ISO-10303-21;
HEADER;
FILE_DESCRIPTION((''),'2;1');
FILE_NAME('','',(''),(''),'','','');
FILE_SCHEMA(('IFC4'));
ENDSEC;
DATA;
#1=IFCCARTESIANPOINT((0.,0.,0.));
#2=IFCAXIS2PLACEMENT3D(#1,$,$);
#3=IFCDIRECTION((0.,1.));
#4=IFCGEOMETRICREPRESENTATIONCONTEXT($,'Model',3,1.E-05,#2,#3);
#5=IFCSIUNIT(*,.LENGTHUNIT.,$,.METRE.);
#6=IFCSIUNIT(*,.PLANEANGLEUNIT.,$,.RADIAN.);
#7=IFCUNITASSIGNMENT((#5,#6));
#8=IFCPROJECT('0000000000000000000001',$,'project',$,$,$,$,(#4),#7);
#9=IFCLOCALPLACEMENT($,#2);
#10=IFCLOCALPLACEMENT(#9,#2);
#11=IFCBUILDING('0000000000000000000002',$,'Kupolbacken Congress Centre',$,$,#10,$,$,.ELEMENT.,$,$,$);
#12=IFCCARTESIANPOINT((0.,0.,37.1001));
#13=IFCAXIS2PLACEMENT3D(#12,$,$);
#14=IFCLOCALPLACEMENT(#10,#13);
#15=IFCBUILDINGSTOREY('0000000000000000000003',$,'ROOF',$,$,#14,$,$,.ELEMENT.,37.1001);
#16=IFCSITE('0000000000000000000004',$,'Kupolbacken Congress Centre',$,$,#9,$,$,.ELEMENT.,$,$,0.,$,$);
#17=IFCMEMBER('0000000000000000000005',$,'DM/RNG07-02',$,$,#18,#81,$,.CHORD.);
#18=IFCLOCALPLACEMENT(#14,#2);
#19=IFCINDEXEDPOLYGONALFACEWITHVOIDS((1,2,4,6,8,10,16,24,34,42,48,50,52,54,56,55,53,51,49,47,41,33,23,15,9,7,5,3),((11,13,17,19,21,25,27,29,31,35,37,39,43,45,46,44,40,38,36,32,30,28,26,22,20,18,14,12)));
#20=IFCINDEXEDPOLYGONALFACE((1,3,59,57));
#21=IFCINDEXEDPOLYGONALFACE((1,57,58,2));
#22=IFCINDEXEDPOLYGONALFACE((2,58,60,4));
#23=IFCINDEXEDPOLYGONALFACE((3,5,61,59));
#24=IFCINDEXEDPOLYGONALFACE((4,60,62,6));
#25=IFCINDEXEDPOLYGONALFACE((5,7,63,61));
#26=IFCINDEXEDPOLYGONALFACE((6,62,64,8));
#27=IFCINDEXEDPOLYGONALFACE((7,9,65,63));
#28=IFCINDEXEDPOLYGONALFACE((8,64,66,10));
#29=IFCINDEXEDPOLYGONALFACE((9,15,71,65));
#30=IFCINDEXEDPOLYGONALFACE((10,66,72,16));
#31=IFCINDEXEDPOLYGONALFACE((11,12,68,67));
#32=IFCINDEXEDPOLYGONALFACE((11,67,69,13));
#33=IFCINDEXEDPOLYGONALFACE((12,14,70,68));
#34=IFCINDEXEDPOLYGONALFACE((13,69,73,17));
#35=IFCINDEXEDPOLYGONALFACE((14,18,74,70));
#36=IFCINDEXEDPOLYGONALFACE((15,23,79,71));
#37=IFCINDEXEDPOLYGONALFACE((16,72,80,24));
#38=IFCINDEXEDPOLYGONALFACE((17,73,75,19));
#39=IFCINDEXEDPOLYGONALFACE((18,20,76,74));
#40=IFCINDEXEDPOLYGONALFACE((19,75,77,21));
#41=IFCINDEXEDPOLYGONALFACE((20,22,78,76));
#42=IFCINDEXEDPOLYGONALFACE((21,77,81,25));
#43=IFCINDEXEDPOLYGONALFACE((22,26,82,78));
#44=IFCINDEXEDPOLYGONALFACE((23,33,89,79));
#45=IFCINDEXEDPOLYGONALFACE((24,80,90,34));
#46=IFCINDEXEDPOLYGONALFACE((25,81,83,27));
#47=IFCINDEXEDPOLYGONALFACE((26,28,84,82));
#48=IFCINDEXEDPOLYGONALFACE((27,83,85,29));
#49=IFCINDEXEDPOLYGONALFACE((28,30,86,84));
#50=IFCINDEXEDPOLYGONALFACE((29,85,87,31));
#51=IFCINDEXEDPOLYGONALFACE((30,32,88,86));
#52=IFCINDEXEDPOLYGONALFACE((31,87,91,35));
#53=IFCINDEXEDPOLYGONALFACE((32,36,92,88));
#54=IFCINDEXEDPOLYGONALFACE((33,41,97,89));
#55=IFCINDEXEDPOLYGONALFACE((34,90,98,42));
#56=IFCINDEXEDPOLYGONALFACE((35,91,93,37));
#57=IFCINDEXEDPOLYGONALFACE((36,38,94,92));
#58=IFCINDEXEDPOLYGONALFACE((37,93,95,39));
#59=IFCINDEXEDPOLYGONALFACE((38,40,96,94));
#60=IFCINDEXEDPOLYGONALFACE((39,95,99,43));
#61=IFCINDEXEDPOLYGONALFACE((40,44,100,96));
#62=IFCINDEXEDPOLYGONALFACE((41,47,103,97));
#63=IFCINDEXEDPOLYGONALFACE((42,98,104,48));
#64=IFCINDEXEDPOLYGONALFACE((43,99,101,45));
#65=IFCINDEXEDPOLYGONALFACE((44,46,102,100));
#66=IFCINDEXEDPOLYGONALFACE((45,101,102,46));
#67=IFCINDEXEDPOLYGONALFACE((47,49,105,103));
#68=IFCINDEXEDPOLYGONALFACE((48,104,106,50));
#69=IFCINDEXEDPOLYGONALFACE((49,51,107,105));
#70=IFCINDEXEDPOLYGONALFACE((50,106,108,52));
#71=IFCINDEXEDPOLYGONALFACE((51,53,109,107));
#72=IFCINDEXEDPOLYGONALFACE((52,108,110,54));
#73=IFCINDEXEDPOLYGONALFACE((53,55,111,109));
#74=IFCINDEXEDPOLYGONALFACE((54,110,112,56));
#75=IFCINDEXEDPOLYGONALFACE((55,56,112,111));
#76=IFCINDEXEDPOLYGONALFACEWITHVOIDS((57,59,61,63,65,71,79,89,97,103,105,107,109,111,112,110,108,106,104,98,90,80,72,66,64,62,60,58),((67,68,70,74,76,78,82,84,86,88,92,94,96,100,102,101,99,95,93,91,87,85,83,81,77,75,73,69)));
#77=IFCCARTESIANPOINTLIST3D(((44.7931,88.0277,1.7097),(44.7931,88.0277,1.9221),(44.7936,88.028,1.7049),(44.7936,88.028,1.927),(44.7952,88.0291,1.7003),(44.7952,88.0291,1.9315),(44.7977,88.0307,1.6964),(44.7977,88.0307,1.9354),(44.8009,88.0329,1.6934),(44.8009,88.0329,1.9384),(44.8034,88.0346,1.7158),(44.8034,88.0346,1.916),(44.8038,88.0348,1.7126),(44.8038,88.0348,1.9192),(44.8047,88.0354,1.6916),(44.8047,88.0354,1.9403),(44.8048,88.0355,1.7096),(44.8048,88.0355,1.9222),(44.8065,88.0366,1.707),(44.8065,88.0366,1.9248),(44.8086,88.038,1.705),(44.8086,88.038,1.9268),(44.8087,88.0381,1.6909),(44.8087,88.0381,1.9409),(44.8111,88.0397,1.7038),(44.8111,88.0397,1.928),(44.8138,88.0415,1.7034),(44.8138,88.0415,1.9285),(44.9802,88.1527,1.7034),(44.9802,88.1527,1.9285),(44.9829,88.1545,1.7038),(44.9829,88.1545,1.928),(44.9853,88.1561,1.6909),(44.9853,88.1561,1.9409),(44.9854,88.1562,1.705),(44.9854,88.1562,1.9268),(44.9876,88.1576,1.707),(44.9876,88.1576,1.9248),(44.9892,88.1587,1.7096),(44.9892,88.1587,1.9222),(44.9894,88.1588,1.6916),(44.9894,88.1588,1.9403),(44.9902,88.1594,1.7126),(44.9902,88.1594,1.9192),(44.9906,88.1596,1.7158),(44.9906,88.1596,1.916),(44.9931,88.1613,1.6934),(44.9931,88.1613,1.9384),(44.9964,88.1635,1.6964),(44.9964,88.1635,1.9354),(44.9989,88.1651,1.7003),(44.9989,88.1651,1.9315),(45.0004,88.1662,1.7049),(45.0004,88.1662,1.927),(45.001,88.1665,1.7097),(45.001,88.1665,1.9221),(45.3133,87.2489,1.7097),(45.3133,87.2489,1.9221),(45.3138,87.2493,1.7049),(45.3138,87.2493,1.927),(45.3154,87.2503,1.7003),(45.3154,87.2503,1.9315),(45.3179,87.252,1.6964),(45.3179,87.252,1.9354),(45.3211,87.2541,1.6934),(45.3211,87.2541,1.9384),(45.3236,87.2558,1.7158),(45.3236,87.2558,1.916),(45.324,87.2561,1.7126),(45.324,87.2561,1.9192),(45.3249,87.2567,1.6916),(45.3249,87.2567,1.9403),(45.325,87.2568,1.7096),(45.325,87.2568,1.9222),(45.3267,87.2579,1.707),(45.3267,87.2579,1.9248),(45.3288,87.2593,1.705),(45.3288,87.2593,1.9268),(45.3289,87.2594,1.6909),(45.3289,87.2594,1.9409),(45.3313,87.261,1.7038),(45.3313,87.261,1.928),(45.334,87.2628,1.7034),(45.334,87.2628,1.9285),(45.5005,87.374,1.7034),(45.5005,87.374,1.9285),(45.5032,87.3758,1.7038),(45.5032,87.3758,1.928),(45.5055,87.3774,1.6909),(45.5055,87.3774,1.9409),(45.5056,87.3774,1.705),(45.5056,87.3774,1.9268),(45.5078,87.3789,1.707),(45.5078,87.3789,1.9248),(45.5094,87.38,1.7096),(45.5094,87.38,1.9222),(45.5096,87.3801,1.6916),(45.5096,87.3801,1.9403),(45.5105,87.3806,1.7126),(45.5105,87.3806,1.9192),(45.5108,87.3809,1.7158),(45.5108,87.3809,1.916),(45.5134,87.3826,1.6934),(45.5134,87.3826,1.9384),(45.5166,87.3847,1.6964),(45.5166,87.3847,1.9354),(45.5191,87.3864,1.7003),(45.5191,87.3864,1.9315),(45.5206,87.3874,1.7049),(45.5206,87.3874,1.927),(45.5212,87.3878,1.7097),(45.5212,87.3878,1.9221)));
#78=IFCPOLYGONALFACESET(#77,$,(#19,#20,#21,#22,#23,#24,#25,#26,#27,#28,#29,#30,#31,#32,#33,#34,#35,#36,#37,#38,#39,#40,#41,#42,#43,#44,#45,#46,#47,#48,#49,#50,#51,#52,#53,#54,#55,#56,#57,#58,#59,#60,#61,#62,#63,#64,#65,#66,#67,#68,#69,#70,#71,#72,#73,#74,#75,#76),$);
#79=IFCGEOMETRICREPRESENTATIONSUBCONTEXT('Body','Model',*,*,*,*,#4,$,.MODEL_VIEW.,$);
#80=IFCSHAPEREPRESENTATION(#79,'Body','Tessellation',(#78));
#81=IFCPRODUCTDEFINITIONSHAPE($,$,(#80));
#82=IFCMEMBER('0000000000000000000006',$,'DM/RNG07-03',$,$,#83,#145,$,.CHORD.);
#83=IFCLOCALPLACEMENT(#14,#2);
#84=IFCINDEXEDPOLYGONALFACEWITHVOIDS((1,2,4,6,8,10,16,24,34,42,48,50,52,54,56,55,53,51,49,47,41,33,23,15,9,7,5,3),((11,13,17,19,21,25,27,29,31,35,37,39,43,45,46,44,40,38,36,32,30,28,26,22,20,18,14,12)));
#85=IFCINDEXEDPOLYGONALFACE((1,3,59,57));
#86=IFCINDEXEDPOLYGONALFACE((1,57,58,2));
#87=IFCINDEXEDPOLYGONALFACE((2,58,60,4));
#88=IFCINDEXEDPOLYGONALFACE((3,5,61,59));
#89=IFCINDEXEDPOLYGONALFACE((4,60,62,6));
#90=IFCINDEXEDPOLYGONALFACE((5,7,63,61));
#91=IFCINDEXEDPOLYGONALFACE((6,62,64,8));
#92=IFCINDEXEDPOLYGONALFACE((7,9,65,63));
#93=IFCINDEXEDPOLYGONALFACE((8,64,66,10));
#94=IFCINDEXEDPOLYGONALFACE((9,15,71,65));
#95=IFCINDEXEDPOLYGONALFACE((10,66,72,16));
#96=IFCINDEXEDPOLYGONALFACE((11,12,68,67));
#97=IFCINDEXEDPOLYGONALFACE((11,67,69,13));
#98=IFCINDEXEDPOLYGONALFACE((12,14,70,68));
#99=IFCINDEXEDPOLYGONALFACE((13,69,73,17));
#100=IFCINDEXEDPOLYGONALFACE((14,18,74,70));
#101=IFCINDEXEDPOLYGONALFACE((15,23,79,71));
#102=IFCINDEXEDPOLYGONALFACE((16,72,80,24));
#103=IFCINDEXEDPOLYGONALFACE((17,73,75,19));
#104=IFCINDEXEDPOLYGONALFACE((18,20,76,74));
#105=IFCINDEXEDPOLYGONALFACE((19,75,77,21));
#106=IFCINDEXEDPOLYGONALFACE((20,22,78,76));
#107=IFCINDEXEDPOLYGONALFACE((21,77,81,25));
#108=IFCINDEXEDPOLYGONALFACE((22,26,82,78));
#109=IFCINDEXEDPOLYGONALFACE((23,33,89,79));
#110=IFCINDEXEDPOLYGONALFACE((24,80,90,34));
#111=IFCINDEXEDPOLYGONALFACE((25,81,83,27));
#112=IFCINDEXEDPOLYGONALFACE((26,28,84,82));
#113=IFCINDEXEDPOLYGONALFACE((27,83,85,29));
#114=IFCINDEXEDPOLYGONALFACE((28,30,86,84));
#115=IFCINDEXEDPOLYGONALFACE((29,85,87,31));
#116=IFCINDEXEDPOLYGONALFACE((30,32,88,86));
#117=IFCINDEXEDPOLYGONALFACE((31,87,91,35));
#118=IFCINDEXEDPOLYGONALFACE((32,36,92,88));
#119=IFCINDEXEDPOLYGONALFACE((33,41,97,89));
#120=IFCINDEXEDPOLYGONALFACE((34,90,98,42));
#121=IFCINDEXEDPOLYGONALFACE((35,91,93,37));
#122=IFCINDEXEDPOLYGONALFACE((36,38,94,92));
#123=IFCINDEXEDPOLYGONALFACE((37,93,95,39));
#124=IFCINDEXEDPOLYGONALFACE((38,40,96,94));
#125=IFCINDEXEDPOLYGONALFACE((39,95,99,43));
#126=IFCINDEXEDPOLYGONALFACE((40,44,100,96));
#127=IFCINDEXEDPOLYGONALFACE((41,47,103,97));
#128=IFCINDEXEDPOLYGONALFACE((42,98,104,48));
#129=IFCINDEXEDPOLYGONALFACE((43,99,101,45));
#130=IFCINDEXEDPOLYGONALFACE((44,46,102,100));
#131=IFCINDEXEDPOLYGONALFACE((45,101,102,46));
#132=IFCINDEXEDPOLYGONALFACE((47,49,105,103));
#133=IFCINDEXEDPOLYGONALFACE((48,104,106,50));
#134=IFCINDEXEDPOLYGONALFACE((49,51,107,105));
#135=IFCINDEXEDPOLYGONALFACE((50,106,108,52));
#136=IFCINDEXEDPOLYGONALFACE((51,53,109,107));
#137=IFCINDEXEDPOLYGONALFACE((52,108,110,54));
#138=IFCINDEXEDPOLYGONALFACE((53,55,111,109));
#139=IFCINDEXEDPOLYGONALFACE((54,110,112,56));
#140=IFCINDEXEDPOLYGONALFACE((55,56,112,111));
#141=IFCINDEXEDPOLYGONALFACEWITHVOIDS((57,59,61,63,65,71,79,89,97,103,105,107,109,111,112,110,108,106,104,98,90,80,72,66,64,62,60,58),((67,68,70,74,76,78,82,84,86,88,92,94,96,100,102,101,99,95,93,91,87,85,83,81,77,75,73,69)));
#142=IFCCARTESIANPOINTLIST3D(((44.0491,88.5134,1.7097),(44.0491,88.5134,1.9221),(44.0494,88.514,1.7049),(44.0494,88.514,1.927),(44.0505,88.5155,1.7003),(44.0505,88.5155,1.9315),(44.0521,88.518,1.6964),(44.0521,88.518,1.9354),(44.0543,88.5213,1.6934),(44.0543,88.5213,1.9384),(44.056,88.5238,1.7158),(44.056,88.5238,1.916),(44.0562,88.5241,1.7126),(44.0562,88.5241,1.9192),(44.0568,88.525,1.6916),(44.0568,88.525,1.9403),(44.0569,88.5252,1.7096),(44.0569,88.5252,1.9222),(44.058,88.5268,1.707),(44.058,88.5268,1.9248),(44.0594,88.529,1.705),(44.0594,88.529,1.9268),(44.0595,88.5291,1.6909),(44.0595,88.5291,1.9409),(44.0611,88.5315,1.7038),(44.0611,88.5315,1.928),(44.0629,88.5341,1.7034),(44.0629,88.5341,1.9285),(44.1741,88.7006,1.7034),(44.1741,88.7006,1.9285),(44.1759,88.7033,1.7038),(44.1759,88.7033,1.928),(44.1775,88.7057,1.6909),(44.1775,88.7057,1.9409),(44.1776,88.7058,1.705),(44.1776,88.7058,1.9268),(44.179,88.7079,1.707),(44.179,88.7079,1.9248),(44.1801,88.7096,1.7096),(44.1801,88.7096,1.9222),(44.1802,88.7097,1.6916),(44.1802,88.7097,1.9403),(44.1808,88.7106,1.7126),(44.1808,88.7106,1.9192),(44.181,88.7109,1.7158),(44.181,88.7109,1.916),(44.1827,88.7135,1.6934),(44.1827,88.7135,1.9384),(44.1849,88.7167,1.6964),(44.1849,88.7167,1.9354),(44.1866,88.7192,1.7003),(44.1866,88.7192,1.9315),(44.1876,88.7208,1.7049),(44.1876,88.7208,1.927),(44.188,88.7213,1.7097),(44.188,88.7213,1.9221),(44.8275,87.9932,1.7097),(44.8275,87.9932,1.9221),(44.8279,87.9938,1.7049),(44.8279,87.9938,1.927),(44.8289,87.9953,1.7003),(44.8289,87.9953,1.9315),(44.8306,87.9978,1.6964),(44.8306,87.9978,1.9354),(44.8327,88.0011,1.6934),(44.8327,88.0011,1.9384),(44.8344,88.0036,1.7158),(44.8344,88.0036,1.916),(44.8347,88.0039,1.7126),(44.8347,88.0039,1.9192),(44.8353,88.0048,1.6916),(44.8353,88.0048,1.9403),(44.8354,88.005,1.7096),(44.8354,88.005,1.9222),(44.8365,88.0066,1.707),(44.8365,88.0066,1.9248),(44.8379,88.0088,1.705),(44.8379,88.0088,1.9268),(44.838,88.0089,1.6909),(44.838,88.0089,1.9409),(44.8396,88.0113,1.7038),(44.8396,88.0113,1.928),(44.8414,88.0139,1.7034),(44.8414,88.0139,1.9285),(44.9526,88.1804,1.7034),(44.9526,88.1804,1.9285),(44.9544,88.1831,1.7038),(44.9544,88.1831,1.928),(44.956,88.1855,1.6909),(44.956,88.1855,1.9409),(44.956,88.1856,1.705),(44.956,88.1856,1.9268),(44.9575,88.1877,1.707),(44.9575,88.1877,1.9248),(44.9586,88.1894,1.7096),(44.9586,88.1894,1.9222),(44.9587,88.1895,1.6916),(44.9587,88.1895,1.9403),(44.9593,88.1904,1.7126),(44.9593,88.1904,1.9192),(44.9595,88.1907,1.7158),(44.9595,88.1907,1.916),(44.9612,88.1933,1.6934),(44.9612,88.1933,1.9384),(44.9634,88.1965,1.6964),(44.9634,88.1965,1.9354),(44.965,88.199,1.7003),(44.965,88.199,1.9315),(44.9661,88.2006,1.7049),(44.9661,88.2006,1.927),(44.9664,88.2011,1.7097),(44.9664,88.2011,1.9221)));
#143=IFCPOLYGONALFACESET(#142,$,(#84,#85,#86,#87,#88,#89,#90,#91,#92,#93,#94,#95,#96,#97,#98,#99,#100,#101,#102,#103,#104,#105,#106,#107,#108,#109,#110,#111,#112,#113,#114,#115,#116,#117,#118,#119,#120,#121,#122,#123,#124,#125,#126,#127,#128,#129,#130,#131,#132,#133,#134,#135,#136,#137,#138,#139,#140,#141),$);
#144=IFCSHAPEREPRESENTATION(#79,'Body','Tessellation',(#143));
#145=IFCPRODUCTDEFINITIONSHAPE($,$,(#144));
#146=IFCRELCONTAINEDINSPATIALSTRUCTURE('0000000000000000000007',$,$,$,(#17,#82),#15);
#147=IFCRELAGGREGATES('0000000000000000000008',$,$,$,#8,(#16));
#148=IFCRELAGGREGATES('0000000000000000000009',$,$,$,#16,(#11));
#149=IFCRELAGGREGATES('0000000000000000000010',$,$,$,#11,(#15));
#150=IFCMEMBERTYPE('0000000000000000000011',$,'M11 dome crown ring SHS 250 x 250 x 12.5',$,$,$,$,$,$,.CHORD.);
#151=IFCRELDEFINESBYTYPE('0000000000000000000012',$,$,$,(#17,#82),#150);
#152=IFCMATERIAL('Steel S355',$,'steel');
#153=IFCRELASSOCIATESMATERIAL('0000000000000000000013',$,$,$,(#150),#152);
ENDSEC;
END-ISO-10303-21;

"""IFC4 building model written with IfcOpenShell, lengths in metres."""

from ifc_helpers import new_model, si_unit, direction, frame, origin, origin_2d, place, context, subcontext, project, spatial, hollow_rectangle, extrude, material, material_profile, profile_set, type_object, element, save


model = new_model("IFC4")

# Units and contexts
model_context = context("Model", 3, precision=1e-05, world=origin(), true_north=direction((0.0, 1.0)))
body_context = subcontext(model_context, "Body", "Model", "MODEL_VIEW")
ifc_project = project(units=[si_unit("LENGTHUNIT", "METRE"), si_unit("PLANEANGLEUNIT", "RADIAN")], contexts=[model_context])

# Site, building, storey
site_placement = place(None, origin())
site = spatial("IfcSite", under=ifc_project, at=site_placement, Name="Kupolbacken Congress Centre", CompositionType="ELEMENT", RefElevation=0.0)
building_placement = place(site_placement, origin())
building = spatial("IfcBuilding", under=site, at=building_placement, Name="Kupolbacken Congress Centre", CompositionType="ELEMENT")
storey_placement = place(building_placement, frame((0.0, 0.0, 37.1001)))
storey = spatial("IfcBuildingStorey", under=building, at=storey_placement, Name="ROOF", CompositionType="ELEMENT", Elevation=37.1001)

# Members
ifc_material_1 = material(Name="Steel S355", Category="steel")
ifc_material_profile_1 = material_profile(ifc_material_1, hollow_rectangle(XDim=0.25, YDim=0.25, WallThickness=0.0125, InnerFilletRadius=0.0125, OuterFilletRadius=0.0188, at=origin_2d()), Name="SHS 250 x 250 x 12.5")
ifc_profile_set_1 = profile_set([ifc_material_profile_1], Name="Steel S355")
member_type_1 = type_object("IfcMemberType", Name="M11 dome crown ring SHS 250 x 250 x 12.5", PredefinedType="CHORD", material=ifc_profile_set_1)
member_1_placement = place(storey_placement, frame((45.4172, 87.3184, 1.8159), z_axis=(-0.555482, 0.831529, 0.0), x_axis=(-0.831529, -0.555482, 0.0)))
element("IfcMember", 1, at=member_1_placement, inside=storey, type_object=member_type_1, Name="DM/RNG07-02", PredefinedType="CHORD", context=body_context, shape_type="SweptSolid", body=[
    extrude(hollow_rectangle(XDim=0.25, YDim=0.25, WallThickness=0.0125, InnerFilletRadius=0.0125, OuterFilletRadius=0.0188, at=origin_2d()), origin(), (0.0, 0.0, 1.0), 0.9365),
])
member_2_placement = place(storey_placement, frame((44.897, 88.0972, 1.8159), z_axis=(-0.831448, 0.555602, 0.0), x_axis=(-0.555602, -0.831448, 0.0)))
element("IfcMember", 2, at=member_2_placement, inside=storey, type_object=member_type_1, Name="DM/RNG07-03", PredefinedType="CHORD", context=body_context, shape_type="SweptSolid", body=[
    extrude(hollow_rectangle(XDim=0.25, YDim=0.25, WallThickness=0.0125, InnerFilletRadius=0.0125, OuterFilletRadius=0.0188, at=origin_2d()), origin(), (0.0, 0.0, 1.0), 0.9363),
])

save(model, "model.ifc")
